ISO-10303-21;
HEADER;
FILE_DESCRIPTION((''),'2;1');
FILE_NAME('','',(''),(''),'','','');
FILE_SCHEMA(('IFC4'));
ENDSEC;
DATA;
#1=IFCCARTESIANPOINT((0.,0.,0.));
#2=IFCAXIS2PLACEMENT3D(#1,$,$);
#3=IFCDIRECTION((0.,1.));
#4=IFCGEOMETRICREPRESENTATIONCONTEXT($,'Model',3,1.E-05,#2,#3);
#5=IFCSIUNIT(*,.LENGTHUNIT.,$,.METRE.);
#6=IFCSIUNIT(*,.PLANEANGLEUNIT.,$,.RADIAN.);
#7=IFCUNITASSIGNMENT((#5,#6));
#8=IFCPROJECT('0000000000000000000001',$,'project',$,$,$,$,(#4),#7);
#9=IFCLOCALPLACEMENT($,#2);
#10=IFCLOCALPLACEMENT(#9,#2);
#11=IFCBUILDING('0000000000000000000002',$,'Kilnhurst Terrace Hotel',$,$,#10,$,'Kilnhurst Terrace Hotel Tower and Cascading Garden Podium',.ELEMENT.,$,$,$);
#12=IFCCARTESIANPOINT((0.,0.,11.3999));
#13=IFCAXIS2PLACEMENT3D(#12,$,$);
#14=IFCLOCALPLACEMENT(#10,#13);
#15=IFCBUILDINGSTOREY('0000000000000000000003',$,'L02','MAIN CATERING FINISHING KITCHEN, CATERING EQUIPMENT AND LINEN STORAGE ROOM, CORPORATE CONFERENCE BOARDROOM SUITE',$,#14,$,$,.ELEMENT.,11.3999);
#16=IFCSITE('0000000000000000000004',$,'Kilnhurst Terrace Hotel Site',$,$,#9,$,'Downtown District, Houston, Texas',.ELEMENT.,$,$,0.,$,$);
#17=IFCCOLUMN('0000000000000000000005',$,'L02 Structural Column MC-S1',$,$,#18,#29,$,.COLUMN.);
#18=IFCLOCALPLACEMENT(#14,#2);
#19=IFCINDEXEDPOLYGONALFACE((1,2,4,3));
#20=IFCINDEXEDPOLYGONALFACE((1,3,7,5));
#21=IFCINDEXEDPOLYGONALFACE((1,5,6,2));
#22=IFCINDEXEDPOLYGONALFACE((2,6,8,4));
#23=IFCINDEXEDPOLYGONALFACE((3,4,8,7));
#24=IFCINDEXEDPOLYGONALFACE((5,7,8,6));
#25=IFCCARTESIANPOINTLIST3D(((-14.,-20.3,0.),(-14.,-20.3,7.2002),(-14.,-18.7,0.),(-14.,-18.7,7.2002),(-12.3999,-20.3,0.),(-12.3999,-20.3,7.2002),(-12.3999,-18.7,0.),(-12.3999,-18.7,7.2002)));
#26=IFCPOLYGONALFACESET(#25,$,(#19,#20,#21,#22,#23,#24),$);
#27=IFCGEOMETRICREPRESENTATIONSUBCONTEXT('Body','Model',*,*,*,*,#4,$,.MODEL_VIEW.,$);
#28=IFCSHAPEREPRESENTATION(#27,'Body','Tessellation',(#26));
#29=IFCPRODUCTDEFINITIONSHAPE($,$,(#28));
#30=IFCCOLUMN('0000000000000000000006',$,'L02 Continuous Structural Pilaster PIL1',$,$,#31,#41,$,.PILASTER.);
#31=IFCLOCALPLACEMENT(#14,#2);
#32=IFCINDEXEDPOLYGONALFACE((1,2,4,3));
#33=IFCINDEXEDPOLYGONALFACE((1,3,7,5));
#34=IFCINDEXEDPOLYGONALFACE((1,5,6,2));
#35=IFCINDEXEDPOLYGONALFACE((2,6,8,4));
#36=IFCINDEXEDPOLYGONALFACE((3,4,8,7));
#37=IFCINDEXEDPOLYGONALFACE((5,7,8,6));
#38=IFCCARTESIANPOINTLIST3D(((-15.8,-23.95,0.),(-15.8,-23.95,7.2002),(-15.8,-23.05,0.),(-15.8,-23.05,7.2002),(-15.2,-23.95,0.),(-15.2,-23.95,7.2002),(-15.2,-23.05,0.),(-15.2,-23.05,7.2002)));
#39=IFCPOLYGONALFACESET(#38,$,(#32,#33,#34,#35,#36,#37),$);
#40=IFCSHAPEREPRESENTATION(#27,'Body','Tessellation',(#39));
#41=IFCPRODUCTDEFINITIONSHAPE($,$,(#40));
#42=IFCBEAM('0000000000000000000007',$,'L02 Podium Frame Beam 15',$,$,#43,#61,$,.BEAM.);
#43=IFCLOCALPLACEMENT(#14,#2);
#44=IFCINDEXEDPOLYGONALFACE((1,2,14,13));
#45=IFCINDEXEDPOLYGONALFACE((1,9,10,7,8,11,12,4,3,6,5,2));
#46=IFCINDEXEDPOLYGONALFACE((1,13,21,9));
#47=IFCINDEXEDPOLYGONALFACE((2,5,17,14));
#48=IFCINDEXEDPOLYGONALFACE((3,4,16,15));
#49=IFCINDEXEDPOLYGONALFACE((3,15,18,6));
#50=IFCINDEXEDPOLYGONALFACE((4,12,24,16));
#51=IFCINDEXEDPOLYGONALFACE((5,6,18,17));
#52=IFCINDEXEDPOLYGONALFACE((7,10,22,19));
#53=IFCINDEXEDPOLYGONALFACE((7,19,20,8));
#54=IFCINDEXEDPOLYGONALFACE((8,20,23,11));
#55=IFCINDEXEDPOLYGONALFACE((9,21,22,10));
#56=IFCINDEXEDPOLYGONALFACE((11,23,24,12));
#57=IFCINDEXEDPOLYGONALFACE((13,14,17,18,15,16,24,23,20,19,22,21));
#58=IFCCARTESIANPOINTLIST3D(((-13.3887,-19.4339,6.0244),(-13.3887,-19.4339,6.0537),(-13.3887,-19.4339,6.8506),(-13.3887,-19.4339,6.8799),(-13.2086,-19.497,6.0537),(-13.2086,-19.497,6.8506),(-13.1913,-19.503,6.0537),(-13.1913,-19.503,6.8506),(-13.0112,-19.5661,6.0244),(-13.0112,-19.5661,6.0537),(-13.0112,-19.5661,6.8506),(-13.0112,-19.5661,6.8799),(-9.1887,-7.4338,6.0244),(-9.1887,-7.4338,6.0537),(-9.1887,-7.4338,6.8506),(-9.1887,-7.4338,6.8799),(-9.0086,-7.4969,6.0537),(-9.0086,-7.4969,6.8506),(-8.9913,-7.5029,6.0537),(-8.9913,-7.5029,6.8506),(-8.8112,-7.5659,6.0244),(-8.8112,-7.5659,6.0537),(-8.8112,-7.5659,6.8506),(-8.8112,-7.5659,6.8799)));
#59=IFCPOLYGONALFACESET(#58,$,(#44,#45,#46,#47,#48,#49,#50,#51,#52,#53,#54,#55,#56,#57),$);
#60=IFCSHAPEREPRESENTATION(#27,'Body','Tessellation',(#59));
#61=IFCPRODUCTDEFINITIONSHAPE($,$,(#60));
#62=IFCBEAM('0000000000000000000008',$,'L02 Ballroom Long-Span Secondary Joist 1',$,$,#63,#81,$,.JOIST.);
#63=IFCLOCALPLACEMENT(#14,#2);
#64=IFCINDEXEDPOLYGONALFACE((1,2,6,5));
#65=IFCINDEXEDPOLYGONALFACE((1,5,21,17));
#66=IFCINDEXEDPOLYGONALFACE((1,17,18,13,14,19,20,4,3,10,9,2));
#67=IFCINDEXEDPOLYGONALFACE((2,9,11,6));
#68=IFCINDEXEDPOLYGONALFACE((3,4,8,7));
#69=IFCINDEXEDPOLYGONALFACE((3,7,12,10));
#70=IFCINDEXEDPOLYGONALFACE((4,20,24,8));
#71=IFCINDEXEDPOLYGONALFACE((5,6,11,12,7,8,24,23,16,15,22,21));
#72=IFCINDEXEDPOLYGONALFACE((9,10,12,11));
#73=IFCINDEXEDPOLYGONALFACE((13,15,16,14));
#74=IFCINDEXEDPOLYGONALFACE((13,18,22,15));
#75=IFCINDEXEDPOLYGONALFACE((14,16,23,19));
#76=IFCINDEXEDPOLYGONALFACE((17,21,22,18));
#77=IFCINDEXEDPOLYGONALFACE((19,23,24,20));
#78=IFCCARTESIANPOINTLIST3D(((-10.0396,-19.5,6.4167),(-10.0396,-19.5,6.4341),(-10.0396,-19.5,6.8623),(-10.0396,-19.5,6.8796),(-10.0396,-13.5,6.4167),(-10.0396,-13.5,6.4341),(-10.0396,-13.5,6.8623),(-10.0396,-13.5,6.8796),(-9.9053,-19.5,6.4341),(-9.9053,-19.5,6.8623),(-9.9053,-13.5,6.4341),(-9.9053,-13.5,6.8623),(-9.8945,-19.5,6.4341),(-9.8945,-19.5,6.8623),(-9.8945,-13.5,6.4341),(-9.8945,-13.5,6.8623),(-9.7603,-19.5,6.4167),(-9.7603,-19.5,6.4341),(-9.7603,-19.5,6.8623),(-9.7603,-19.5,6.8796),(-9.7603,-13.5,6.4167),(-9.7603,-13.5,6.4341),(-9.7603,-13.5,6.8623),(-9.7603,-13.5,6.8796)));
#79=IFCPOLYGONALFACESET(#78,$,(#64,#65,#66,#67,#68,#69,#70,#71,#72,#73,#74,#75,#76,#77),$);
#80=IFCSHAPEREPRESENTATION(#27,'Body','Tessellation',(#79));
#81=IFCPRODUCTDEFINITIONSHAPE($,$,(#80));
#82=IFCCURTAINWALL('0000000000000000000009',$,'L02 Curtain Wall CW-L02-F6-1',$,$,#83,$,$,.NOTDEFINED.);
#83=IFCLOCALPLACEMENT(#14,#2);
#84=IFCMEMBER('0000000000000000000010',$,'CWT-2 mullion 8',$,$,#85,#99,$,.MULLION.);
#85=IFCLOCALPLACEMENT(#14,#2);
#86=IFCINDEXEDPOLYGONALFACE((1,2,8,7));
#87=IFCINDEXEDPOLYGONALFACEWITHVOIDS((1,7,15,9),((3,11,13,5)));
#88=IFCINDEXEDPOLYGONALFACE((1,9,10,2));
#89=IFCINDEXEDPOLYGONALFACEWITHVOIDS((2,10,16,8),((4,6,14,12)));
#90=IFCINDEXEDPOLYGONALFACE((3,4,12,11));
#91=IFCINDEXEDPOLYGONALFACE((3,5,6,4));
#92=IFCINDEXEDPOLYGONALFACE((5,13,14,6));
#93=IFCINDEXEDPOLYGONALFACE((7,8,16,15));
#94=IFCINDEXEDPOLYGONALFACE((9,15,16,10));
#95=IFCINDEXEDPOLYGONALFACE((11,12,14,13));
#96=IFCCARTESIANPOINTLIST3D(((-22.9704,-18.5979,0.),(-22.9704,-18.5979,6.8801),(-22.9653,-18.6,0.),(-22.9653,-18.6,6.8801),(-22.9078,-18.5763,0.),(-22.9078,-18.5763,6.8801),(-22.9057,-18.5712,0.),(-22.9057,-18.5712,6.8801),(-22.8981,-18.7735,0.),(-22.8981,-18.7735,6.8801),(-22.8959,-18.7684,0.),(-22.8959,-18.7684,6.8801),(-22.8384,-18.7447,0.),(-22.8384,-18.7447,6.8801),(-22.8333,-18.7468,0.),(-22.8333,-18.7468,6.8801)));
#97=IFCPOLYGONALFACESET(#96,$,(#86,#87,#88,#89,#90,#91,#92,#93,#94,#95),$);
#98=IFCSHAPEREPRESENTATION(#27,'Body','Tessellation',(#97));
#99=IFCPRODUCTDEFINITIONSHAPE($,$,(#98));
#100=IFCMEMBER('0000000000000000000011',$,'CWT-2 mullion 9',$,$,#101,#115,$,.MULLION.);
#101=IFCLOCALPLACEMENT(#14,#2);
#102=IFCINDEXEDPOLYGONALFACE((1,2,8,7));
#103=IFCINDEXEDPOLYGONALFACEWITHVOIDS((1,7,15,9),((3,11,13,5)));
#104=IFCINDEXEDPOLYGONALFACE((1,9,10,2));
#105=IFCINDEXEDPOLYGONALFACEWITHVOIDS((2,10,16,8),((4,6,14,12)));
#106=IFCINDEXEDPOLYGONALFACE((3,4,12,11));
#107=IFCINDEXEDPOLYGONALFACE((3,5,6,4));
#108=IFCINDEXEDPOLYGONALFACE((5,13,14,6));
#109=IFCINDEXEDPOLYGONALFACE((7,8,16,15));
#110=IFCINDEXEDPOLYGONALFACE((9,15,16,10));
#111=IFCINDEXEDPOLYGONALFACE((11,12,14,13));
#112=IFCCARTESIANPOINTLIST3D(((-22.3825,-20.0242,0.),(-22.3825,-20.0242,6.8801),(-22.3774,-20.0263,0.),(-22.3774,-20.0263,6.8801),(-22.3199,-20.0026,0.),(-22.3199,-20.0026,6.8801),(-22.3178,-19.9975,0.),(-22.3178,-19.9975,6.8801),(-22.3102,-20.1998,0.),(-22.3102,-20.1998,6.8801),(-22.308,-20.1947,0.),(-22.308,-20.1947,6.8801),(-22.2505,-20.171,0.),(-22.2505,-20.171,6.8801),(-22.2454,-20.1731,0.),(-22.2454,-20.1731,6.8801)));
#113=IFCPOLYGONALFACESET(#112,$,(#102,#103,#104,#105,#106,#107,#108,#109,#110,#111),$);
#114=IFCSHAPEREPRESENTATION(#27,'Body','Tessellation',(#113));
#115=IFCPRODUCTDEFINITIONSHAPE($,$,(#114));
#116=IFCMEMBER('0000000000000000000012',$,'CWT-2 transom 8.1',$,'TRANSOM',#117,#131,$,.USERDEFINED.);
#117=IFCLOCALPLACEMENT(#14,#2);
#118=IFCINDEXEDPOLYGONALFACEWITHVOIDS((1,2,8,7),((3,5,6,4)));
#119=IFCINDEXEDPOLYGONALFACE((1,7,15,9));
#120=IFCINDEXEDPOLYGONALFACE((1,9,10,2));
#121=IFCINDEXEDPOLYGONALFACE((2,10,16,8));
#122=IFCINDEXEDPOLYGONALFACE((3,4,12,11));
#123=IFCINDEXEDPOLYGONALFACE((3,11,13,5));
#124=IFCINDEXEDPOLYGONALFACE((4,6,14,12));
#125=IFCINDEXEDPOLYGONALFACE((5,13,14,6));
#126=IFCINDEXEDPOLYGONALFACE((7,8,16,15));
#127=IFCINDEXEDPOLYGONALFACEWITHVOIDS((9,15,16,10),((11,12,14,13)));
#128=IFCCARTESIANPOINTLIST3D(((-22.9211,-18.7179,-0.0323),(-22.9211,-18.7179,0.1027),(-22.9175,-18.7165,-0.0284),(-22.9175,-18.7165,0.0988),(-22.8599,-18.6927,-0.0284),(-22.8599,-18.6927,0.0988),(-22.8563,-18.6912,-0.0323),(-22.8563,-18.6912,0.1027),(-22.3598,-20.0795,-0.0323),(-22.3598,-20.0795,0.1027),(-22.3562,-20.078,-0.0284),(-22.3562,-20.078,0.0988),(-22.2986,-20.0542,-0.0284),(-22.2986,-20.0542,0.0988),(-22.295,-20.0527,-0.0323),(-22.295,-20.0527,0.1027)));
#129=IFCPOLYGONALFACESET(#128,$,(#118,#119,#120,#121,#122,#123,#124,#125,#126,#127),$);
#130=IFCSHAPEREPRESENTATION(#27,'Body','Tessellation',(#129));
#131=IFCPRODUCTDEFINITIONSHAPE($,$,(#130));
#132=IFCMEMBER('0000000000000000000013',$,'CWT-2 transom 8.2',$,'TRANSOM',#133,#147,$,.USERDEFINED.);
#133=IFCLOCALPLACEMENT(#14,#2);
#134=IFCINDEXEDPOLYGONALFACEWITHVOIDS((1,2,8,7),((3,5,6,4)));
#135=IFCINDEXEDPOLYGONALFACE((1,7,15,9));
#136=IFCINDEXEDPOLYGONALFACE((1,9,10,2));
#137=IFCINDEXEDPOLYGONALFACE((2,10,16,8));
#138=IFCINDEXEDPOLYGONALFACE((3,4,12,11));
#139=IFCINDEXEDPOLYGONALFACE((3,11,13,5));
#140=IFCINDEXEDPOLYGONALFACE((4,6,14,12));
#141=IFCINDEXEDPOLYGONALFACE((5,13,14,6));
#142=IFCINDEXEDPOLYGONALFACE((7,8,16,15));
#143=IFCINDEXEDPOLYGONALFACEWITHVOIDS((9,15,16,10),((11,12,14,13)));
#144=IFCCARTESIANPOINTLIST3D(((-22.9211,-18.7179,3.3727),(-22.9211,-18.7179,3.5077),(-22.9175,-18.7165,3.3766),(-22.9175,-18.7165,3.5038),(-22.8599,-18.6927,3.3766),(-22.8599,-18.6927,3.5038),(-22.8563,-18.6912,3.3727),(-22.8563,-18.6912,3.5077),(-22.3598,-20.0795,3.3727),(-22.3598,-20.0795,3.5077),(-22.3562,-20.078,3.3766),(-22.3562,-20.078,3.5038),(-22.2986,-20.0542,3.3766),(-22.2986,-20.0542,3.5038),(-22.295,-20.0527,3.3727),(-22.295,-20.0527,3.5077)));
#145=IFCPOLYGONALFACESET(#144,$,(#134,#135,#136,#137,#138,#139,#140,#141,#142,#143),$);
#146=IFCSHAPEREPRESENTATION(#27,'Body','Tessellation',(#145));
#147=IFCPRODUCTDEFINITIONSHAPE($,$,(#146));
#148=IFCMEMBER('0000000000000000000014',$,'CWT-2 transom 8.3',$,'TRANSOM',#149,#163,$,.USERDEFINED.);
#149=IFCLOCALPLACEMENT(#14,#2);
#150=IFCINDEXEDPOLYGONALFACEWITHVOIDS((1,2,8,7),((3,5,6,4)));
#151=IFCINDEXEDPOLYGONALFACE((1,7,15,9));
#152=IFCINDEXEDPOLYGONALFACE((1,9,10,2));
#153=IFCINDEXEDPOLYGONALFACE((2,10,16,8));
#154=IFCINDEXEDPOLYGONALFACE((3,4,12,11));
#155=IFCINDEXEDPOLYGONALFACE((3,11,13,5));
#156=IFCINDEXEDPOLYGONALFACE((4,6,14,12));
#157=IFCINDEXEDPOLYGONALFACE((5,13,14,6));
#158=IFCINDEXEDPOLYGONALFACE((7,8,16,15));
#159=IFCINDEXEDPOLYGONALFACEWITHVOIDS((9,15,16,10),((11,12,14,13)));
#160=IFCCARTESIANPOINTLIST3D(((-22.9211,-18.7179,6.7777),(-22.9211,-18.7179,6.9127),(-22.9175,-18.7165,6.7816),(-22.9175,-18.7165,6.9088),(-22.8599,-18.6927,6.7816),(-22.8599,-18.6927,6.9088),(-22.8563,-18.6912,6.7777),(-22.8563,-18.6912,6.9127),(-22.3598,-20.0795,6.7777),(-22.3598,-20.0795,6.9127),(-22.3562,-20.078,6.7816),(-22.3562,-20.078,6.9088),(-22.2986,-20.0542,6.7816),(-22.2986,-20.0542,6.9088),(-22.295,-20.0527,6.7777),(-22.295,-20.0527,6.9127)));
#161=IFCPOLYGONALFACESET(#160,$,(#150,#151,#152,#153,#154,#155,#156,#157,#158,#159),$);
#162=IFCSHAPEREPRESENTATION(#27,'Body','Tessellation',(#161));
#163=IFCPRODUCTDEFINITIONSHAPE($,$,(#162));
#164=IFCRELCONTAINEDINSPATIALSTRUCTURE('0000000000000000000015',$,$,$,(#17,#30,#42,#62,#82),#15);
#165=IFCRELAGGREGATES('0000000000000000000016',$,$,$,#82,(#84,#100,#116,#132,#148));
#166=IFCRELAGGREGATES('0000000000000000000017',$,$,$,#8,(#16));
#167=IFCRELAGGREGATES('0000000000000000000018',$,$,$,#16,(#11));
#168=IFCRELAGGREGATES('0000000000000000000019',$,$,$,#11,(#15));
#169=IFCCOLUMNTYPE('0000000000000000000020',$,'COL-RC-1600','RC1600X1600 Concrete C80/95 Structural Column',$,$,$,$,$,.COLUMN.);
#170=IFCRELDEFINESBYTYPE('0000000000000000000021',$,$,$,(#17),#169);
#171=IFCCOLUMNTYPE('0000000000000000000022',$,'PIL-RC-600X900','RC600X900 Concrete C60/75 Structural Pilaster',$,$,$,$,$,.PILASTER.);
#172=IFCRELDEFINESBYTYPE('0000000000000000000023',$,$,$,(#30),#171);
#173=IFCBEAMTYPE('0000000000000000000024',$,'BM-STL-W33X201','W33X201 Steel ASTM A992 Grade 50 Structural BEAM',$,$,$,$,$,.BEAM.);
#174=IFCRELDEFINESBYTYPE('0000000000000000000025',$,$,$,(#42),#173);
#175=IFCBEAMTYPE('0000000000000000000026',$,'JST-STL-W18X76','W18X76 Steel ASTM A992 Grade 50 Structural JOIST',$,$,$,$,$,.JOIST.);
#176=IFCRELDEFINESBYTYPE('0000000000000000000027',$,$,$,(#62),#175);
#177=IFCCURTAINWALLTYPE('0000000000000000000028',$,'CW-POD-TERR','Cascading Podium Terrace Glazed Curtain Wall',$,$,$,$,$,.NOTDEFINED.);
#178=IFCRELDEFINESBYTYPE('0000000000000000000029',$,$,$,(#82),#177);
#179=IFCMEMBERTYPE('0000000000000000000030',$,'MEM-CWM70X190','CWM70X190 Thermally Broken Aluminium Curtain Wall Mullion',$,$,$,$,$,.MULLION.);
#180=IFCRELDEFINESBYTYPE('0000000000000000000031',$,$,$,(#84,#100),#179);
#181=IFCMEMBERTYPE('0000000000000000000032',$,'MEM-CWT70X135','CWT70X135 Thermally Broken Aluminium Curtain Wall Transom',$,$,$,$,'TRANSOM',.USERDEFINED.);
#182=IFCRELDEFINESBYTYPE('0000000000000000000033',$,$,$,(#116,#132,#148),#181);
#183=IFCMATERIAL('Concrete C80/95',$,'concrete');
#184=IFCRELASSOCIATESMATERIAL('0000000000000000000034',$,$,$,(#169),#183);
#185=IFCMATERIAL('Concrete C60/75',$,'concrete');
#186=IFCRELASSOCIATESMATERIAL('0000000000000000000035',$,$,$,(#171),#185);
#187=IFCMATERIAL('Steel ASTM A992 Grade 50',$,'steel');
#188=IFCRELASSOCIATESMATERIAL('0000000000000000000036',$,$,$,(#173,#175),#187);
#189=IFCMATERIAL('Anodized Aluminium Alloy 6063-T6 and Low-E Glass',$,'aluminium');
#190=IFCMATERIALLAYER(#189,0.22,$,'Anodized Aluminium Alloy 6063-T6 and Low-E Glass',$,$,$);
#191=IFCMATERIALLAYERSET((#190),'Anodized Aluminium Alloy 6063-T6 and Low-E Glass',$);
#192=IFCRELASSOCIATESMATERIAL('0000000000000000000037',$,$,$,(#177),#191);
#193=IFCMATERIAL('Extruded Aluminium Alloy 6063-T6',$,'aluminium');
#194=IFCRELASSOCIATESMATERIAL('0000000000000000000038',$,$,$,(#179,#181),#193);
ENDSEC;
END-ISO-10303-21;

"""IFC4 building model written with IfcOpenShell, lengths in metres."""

from ifc_helpers import new_model, si_unit, direction, frame, origin, origin_2d, place, context, subcontext, project, spatial, rectangle, hollow_rectangle, i_section, extrude, material, layer, layer_set, material_profile, profile_set, type_object, element, aggregate, save


model = new_model("IFC4")

# Units and contexts
model_context = context("Model", 3, precision=1e-05, world=origin(), true_north=direction((0.0, 1.0)))
body_context = subcontext(model_context, "Body", "Model", "MODEL_VIEW")
ifc_project = project(units=[si_unit("LENGTHUNIT", "METRE"), si_unit("PLANEANGLEUNIT", "RADIAN")], contexts=[model_context])

# Site, building, storey
site_placement = place(None, origin())
site = spatial("IfcSite", under=ifc_project, at=site_placement, Name="Kilnhurst Terrace Hotel Site", LongName="Downtown District, Houston, Texas", CompositionType="ELEMENT", RefElevation=0.0)
building_placement = place(site_placement, origin())
building = spatial("IfcBuilding", under=site, at=building_placement, Name="Kilnhurst Terrace Hotel", LongName="Kilnhurst Terrace Hotel Tower and Cascading Garden Podium", CompositionType="ELEMENT")
storey_placement = place(building_placement, frame((0.0, 0.0, 11.3999)))
storey = spatial("IfcBuildingStorey", under=building, at=storey_placement, Name="L02", Description="MAIN CATERING FINISHING KITCHEN, CATERING EQUIPMENT AND LINEN STORAGE ROOM, CORPORATE CONFERENCE BOARDROOM SUITE", CompositionType="ELEMENT", Elevation=11.3999)

# Columns
ifc_material_1 = material(Name="Concrete C80/95", Category="concrete")
ifc_material_profile_1 = material_profile(ifc_material_1, rectangle(XDim=1.6001, YDim=1.6001, at=origin_2d()), Name="RC1600X1600")
ifc_profile_set_1 = profile_set([ifc_material_profile_1], Name="Concrete C80/95")
column_type_1 = type_object("IfcColumnType", Name="COL-RC-1600", Description="RC1600X1600 Concrete C80/95 Structural Column", PredefinedType="COLUMN", material=ifc_profile_set_1)
column_1_placement = place(storey_placement, frame((-13.2, -19.5, 0.0), z_axis=(0.0, 0.0, 1.0), x_axis=(1.0, 0.0, 0.0)))
element("IfcColumn", 1, at=column_1_placement, inside=storey, type_object=column_type_1, Name="L02 Structural Column MC-S1", PredefinedType="COLUMN", context=body_context, shape_type="SweptSolid", body=[
    extrude(rectangle(XDim=1.6001, YDim=1.6001, at=origin_2d()), origin(), (0.0, 0.0, 1.0), 7.2002),
])
ifc_material_2 = material(Name="Concrete C60/75", Category="concrete")
ifc_material_profile_2 = material_profile(ifc_material_2, rectangle(XDim=0.6001, YDim=0.8999, at=origin_2d()), Name="RC600X900")
ifc_profile_set_2 = profile_set([ifc_material_profile_2], Name="Concrete C60/75")
column_type_2 = type_object("IfcColumnType", Name="PIL-RC-600X900", Description="RC600X900 Concrete C60/75 Structural Pilaster", PredefinedType="PILASTER", material=ifc_profile_set_2)
column_2_placement = place(storey_placement, frame((-15.5, -23.5, 0.0), z_axis=(0.0, 0.0, 1.0), x_axis=(1.0, 0.0, 0.0)))
element("IfcColumn", 2, at=column_2_placement, inside=storey, type_object=column_type_2, Name="L02 Continuous Structural Pilaster PIL1", PredefinedType="PILASTER", context=body_context, shape_type="SweptSolid", body=[
    extrude(rectangle(XDim=0.6001, YDim=0.8999, at=origin_2d()), origin(), (0.0, 0.0, 1.0), 7.2002),
])

# Beams
ifc_material_3 = material(Name="Steel ASTM A992 Grade 50", Category="steel")
ifc_material_profile_3 = material_profile(ifc_material_3, i_section(OverallWidth=0.3999, OverallDepth=0.8555, WebThickness=0.0183, FlangeThickness=0.0293, at=origin_2d()), Name="W33X201")
ifc_profile_set_3 = profile_set([ifc_material_profile_3], Name="Steel ASTM A992 Grade 50")
beam_type_1 = type_object("IfcBeamType", Name="BM-STL-W33X201", Description="W33X201 Steel ASTM A992 Grade 50 Structural BEAM", PredefinedType="BEAM", material=ifc_profile_set_3)
beam_1_placement = place(storey_placement, frame((-13.2, -19.5, 6.4521), z_axis=(0.330347, 0.94386, 0.0), x_axis=(-0.94386, 0.330347, 0.0)))
element("IfcBeam", 3, at=beam_1_placement, inside=storey, type_object=beam_type_1, Name="L02 Podium Frame Beam 15", PredefinedType="BEAM", context=body_context, shape_type="SweptSolid", body=[
    extrude(i_section(OverallWidth=0.3999, OverallDepth=0.8555, WebThickness=0.0183, FlangeThickness=0.0293, at=origin_2d()), origin(), (0.0, 0.0, 1.0), 12.7139),
])
ifc_material_profile_4 = material_profile(ifc_material_3, i_section(OverallWidth=0.2793, OverallDepth=0.4629, WebThickness=0.0107, FlangeThickness=0.0173, at=origin_2d()), Name="W18X76")
ifc_profile_set_4 = profile_set([ifc_material_profile_4], Name="Steel ASTM A992 Grade 50")
beam_type_2 = type_object("IfcBeamType", Name="JST-STL-W18X76", Description="W18X76 Steel ASTM A992 Grade 50 Structural JOIST", PredefinedType="JOIST", material=ifc_profile_set_4)
beam_2_placement = place(storey_placement, frame((-9.8999, -19.5, 6.6482), z_axis=(0.0, 1.0, 0.0), x_axis=(-1.0, 0.0, 0.0)))
element("IfcBeam", 4, at=beam_2_placement, inside=storey, type_object=beam_type_2, Name="L02 Ballroom Long-Span Secondary Joist 1", PredefinedType="JOIST", context=body_context, shape_type="SweptSolid", body=[
    extrude(i_section(OverallWidth=0.2793, OverallDepth=0.4629, WebThickness=0.0107, FlangeThickness=0.0173, at=origin_2d()), origin(), (0.0, 0.0, 1.0), 6.0),
])

# Curtain wall, members
ifc_material_4 = material(Name="Anodized Aluminium Alloy 6063-T6 and Low-E Glass", Category="aluminium")
ifc_layer_1 = layer(ifc_material_4, 0.22, Name="Anodized Aluminium Alloy 6063-T6 and Low-E Glass")
ifc_layer_set_1 = layer_set([ifc_layer_1], Name="Anodized Aluminium Alloy 6063-T6 and Low-E Glass")
curtain_wall_type = type_object("IfcCurtainWallType", Name="CW-POD-TERR", Description="Cascading Podium Terrace Glazed Curtain Wall", PredefinedType="NOTDEFINED", material=ifc_layer_set_1)
curtain_wall_placement = place(storey_placement, origin())
curtain_wall = element("IfcCurtainWall", 5, at=curtain_wall_placement, inside=storey, type_object=curtain_wall_type, Name="L02 Curtain Wall CW-L02-F6-1", PredefinedType="NOTDEFINED")
ifc_material_5 = material(Name="Extruded Aluminium Alloy 6063-T6", Category="aluminium")
ifc_material_profile_5 = material_profile(ifc_material_5, hollow_rectangle(XDim=0.0701, YDim=0.1899, WallThickness=0.0039, at=origin_2d()), Name="CWM70X190")
ifc_profile_set_5 = profile_set([ifc_material_profile_5], Name="Extruded Aluminium Alloy 6063-T6")
member_type_1 = type_object("IfcMemberType", Name="MEM-CWM70X190", Description="CWM70X190 Thermally Broken Aluminium Curtain Wall Mullion", PredefinedType="MULLION", material=ifc_profile_set_5)
member_1_placement = place(storey_placement, frame((-22.9019, -18.6724, 0.0), z_axis=(0.0, 0.0, 1.0), x_axis=(0.924545, 0.381073, 0.0)))
member_1 = element("IfcMember", 6, at=member_1_placement, type_object=member_type_1, Name="CWT-2 mullion 8", PredefinedType="MULLION", context=body_context, shape_type="SweptSolid", body=[
    extrude(hollow_rectangle(XDim=0.0701, YDim=0.1899, WallThickness=0.0039, at=origin_2d()), origin(), (0.0, 0.0, 1.0), 6.8801),
])
member_2_placement = place(storey_placement, frame((-22.314, -20.0986, 0.0), z_axis=(0.0, 0.0, 1.0), x_axis=(0.924545, 0.381073, 0.0)))
member_2 = element("IfcMember", 7, at=member_2_placement, type_object=member_type_1, Name="CWT-2 mullion 9", PredefinedType="MULLION", context=body_context, shape_type="SweptSolid", body=[
    extrude(hollow_rectangle(XDim=0.0701, YDim=0.1899, WallThickness=0.0039, at=origin_2d()), origin(), (0.0, 0.0, 1.0), 6.8801),
])
ifc_material_profile_6 = material_profile(ifc_material_5, hollow_rectangle(XDim=0.0701, YDim=0.135, WallThickness=0.0039, at=origin_2d()), Name="CWT70X135")
ifc_profile_set_6 = profile_set([ifc_material_profile_6], Name="Extruded Aluminium Alloy 6063-T6")
member_type_2 = type_object("IfcMemberType", Name="MEM-CWT70X135", Description="CWT70X135 Thermally Broken Aluminium Curtain Wall Transom", ElementType="TRANSOM", PredefinedType="USERDEFINED", material=ifc_profile_set_6)
member_3_placement = place(storey_placement, frame((-22.8887, -18.7046, 0.0352), z_axis=(0.381117, -0.924527, 0.0), x_axis=(0.924527, 0.381117, 0.0)))
member_3 = element("IfcMember", 8, at=member_3_placement, type_object=member_type_2, Name="CWT-2 transom 8.1", ObjectType="TRANSOM", PredefinedType="USERDEFINED", context=body_context, shape_type="SweptSolid", body=[
    extrude(hollow_rectangle(XDim=0.0701, YDim=0.135, WallThickness=0.0039, at=origin_2d()), origin(), (0.0, 0.0, 1.0), 1.4727),
])
member_4_placement = place(storey_placement, frame((-22.8887, -18.7046, 3.4402), z_axis=(0.381117, -0.924527, 0.0), x_axis=(0.924527, 0.381117, 0.0)))
member_4 = element("IfcMember", 9, at=member_4_placement, type_object=member_type_2, Name="CWT-2 transom 8.2", ObjectType="TRANSOM", PredefinedType="USERDEFINED", context=body_context, shape_type="SweptSolid", body=[
    extrude(hollow_rectangle(XDim=0.0701, YDim=0.135, WallThickness=0.0039, at=origin_2d()), origin(), (0.0, 0.0, 1.0), 1.4727),
])
member_5_placement = place(storey_placement, frame((-22.8887, -18.7046, 6.8452), z_axis=(0.381117, -0.924527, 0.0), x_axis=(0.924527, 0.381117, 0.0)))
member_5 = element("IfcMember", 10, at=member_5_placement, type_object=member_type_2, Name="CWT-2 transom 8.3", ObjectType="TRANSOM", PredefinedType="USERDEFINED", context=body_context, shape_type="SweptSolid", body=[
    extrude(hollow_rectangle(XDim=0.0701, YDim=0.135, WallThickness=0.0039, at=origin_2d()), origin(), (0.0, 0.0, 1.0), 1.4727),
])

aggregate(curtain_wall, [member_1, member_2, member_3, member_4, member_5])

save(model, "model.ifc")
